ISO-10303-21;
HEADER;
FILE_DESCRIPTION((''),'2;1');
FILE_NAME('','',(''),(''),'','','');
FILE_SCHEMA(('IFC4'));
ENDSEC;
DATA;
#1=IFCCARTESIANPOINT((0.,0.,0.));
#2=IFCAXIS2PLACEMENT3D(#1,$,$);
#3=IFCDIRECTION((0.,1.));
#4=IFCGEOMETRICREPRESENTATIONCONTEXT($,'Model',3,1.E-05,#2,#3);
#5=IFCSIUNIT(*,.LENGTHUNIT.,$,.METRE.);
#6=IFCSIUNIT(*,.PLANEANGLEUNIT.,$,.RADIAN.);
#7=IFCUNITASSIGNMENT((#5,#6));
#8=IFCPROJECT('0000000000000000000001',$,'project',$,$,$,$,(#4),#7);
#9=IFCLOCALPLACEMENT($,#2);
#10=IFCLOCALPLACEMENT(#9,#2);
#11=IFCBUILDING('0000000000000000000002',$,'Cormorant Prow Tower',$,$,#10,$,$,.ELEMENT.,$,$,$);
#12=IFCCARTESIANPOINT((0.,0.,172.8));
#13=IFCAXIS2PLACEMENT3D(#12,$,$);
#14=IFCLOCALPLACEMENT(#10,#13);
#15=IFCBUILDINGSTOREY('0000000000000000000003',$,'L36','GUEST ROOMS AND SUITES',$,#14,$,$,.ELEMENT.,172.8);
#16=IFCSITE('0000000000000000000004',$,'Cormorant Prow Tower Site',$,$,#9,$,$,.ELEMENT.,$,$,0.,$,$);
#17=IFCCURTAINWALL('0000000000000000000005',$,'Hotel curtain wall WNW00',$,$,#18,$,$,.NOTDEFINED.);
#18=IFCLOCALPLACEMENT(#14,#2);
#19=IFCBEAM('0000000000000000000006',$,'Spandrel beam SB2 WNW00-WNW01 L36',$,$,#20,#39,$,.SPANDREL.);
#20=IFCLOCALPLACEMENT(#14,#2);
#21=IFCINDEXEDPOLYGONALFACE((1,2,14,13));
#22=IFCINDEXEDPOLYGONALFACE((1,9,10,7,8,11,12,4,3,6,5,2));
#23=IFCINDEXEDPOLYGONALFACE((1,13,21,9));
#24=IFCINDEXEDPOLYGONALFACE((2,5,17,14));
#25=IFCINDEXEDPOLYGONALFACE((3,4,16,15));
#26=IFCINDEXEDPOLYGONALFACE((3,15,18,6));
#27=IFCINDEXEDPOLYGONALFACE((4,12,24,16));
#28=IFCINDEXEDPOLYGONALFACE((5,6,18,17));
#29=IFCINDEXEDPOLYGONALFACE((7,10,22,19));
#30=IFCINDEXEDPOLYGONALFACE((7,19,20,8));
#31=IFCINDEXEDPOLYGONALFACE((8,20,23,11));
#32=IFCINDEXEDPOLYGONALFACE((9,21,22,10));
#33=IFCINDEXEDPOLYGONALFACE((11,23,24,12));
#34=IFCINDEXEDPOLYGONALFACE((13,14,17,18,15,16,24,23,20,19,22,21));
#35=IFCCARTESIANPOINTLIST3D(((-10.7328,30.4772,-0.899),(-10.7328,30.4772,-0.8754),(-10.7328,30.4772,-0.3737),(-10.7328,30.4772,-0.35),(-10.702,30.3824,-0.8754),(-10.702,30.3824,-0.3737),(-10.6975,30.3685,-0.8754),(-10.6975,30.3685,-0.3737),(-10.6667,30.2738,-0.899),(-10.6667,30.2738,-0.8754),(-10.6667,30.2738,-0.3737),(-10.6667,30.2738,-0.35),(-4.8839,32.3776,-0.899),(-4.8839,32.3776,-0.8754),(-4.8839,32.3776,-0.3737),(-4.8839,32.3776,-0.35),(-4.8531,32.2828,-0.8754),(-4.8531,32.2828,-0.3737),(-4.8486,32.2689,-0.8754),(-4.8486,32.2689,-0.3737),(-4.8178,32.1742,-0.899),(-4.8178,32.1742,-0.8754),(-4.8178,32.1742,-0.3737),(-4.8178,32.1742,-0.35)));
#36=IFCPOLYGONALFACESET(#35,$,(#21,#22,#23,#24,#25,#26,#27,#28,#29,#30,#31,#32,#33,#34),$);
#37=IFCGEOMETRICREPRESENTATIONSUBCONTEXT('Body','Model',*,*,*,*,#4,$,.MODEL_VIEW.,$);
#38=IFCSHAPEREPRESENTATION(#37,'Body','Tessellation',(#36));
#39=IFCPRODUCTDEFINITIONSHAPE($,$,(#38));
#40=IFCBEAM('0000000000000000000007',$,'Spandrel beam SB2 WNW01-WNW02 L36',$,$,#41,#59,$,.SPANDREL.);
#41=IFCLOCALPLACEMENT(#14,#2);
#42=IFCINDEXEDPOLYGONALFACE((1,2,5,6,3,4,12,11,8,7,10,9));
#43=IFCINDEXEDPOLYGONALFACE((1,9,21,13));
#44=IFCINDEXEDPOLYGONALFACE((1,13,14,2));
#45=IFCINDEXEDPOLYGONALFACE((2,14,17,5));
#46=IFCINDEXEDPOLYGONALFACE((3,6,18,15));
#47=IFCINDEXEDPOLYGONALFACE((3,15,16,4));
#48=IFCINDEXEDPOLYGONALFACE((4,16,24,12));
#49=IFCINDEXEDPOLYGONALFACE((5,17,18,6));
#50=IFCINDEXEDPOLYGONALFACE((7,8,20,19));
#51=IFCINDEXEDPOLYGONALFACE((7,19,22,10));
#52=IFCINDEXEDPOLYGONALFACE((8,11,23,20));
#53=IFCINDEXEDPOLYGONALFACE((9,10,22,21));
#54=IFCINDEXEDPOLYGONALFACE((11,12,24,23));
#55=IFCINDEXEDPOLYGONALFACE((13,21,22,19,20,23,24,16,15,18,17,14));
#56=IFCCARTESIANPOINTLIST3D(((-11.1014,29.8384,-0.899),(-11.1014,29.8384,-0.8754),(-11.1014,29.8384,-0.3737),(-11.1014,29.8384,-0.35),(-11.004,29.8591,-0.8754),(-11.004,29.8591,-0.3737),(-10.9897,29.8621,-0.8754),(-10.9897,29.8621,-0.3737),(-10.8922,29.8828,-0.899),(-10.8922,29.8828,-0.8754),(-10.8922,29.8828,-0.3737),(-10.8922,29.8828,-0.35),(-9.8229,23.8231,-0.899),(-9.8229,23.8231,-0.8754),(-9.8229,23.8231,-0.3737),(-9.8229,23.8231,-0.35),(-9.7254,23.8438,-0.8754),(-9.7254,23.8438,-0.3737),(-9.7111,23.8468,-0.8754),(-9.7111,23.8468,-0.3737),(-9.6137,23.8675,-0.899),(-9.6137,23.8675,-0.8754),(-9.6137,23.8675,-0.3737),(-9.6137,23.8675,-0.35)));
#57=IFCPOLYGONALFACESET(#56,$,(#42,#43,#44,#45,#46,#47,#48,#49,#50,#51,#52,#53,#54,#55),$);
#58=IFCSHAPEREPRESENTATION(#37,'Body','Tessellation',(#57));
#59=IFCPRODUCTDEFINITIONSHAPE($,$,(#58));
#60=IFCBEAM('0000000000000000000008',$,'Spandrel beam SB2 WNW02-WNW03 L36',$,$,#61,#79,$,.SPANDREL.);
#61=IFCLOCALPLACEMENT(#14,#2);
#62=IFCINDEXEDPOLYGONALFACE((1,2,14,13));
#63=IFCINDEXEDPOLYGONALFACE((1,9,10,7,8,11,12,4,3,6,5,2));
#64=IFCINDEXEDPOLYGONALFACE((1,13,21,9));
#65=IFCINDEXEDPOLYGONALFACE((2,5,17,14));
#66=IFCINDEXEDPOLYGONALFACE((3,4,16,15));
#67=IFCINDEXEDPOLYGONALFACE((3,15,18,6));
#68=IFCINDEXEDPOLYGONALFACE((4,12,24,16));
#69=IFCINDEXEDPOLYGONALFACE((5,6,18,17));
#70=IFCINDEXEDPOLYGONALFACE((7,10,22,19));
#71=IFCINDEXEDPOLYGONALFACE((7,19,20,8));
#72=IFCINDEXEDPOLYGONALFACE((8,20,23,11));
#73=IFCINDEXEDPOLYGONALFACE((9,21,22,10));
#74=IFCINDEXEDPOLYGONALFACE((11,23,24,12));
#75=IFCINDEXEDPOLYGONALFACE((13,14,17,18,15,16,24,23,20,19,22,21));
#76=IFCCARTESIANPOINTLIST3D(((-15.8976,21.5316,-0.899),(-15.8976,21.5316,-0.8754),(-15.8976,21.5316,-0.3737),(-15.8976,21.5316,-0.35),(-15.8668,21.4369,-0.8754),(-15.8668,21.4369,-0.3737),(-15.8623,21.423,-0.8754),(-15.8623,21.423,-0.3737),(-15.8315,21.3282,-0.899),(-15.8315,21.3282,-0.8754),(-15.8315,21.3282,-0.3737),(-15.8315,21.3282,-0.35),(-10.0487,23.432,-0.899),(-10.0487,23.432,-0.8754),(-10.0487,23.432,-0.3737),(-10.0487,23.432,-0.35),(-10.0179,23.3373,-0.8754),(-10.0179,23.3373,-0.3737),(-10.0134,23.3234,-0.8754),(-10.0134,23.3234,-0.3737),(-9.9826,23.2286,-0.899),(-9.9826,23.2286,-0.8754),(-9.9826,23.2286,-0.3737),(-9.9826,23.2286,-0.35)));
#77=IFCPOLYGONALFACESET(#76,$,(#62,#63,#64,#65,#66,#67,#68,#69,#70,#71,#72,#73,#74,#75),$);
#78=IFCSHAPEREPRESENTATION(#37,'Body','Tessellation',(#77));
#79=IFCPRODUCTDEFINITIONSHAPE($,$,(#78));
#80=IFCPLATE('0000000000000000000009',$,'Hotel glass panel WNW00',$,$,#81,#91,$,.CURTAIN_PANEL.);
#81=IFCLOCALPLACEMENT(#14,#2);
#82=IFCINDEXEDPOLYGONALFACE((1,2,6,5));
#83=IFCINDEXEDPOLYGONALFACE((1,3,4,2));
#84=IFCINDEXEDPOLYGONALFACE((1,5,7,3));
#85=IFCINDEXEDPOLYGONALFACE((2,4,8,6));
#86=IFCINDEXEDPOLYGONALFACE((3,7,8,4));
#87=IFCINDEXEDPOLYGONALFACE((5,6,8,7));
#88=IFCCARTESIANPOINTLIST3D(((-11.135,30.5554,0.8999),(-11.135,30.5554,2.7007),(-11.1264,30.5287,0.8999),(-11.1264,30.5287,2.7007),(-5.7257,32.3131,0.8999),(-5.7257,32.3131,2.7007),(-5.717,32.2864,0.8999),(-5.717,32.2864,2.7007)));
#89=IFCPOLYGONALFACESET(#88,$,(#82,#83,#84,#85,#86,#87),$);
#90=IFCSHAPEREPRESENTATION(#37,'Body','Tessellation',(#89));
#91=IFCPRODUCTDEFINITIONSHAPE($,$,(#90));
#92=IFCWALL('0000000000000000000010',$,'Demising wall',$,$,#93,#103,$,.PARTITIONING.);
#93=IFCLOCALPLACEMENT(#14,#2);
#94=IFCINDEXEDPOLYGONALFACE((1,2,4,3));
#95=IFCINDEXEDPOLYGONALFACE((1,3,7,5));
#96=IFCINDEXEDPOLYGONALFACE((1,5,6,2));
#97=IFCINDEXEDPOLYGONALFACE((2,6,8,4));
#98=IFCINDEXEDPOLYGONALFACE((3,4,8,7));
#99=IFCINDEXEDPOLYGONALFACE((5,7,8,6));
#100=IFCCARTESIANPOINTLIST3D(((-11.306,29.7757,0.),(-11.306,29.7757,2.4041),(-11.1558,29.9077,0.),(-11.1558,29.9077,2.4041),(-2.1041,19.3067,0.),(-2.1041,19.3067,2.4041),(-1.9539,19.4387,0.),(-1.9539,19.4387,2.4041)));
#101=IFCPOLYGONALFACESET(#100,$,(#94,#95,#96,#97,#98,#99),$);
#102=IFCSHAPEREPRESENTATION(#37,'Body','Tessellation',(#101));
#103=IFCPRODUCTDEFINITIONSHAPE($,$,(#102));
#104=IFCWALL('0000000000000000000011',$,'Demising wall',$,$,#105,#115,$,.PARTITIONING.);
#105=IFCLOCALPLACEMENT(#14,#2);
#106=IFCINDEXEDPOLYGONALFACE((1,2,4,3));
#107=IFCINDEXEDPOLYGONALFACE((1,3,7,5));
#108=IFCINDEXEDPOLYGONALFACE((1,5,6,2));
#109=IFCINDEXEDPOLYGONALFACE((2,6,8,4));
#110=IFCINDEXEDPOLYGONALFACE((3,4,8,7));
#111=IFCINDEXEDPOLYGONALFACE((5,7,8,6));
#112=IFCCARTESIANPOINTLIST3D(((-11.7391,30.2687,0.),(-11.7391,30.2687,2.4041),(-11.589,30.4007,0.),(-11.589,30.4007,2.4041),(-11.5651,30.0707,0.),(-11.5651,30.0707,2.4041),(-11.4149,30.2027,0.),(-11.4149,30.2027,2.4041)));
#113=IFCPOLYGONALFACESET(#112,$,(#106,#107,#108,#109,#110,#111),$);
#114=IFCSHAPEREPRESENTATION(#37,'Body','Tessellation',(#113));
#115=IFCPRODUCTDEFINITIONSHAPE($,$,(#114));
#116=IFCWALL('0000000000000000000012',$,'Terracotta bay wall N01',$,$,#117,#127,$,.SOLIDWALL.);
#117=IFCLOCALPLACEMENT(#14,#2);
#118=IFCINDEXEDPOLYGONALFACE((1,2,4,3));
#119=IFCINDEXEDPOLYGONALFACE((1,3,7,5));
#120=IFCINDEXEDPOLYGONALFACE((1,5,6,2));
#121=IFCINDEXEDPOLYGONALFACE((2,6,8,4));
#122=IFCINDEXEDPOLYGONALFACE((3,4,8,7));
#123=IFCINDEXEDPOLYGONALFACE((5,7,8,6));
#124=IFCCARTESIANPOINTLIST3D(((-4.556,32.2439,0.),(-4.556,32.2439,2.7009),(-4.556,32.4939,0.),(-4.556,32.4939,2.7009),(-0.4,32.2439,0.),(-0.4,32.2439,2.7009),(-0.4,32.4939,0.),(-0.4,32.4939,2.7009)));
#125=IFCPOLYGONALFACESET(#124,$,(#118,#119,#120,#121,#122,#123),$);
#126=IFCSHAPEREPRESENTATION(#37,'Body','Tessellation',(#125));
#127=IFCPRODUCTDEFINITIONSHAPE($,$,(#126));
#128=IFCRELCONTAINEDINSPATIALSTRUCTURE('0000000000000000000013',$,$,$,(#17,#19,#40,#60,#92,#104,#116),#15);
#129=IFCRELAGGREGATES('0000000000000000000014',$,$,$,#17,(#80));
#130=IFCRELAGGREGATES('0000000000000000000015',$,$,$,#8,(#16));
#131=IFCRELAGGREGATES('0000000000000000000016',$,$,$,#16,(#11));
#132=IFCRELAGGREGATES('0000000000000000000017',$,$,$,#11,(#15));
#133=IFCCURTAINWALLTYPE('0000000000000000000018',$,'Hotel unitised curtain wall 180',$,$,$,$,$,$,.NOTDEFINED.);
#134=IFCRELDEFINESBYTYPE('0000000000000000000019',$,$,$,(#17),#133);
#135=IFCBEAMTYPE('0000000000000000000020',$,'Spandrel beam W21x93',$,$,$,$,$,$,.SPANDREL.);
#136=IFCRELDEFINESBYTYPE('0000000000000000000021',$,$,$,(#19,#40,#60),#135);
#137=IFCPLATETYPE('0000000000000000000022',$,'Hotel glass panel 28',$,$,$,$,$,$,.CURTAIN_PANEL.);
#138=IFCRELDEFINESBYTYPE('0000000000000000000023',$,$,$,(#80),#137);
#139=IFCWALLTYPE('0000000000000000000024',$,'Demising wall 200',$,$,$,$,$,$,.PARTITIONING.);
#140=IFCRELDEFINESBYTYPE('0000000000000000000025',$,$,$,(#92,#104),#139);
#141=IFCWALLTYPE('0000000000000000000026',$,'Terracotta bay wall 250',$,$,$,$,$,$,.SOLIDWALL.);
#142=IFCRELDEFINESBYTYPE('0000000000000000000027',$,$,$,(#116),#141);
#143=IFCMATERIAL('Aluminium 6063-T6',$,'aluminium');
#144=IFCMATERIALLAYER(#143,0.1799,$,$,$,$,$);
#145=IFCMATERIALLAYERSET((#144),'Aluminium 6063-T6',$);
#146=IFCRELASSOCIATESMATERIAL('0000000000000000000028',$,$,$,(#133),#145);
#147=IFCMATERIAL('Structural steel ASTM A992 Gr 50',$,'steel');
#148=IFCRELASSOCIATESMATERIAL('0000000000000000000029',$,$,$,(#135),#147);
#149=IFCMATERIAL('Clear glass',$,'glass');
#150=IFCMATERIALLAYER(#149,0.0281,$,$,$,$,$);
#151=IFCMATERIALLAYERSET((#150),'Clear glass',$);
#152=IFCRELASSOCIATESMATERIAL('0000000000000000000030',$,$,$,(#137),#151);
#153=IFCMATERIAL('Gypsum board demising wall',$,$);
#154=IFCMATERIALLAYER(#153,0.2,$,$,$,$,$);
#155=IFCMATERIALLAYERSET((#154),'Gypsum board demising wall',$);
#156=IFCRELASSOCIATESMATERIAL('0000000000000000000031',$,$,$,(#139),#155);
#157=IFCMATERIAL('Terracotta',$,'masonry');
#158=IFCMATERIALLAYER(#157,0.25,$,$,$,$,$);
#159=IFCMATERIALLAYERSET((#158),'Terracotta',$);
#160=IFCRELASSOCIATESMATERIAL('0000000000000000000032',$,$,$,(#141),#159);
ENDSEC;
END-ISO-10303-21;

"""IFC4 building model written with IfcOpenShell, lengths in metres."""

from ifc_helpers import new_model, si_unit, direction, frame, frame_2d, origin, origin_2d, place, context, subcontext, project, spatial, rectangle, i_section, extrude, material, layer, layer_set, material_profile, profile_set, type_object, element, aggregate, save


model = new_model("IFC4")

# Units and contexts
model_context = context("Model", 3, precision=1e-05, world=origin(), true_north=direction((0.0, 1.0)))
body_context = subcontext(model_context, "Body", "Model", "MODEL_VIEW")
ifc_project = project(units=[si_unit("LENGTHUNIT", "METRE"), si_unit("PLANEANGLEUNIT", "RADIAN")], contexts=[model_context])

# Site, building, storey
site_placement = place(None, origin())
site = spatial("IfcSite", under=ifc_project, at=site_placement, Name="Cormorant Prow Tower Site", CompositionType="ELEMENT", RefElevation=0.0)
building_placement = place(site_placement, origin())
building = spatial("IfcBuilding", under=site, at=building_placement, Name="Cormorant Prow Tower", CompositionType="ELEMENT")
storey_placement = place(building_placement, frame((0.0, 0.0, 172.8)))
storey = spatial("IfcBuildingStorey", under=building, at=storey_placement, Name="L36", Description="GUEST ROOMS AND SUITES", CompositionType="ELEMENT", Elevation=172.8)

# Curtain wall
ifc_material_1 = material(Name="Aluminium 6063-T6", Category="aluminium")
ifc_layer_1 = layer(ifc_material_1, 0.1799)
ifc_layer_set_1 = layer_set([ifc_layer_1], Name="Aluminium 6063-T6")
curtain_wall_type = type_object("IfcCurtainWallType", Name="Hotel unitised curtain wall 180", PredefinedType="NOTDEFINED", material=ifc_layer_set_1)
curtain_wall_1_placement = place(storey_placement, origin())
curtain_wall_1 = element("IfcCurtainWall", 1, at=curtain_wall_1_placement, inside=storey, type_object=curtain_wall_type, Name="Hotel curtain wall WNW00", PredefinedType="NOTDEFINED")

# Beams
ifc_material_2 = material(Name="Structural steel ASTM A992 Gr 50", Category="steel")
ifc_material_profile_1 = material_profile(ifc_material_2, i_section(OverallWidth=0.2139, OverallDepth=0.5491, WebThickness=0.0146, FlangeThickness=0.0237, at=origin_2d()), Name="W21x93")
ifc_profile_set_1 = profile_set([ifc_material_profile_1], Name="Structural steel ASTM A992 Gr 50")
beam_type_1 = type_object("IfcBeamType", Name="Spandrel beam W21x93", PredefinedType="SPANDREL", material=ifc_profile_set_1)
beam_1_placement = place(storey_placement, frame((-4.8508, 32.2759, -0.6245), z_axis=(-0.951058, -0.309013, 0.0), x_axis=(0.309013, -0.951058, 0.0)))
element("IfcBeam", 2, at=beam_1_placement, inside=storey, type_object=beam_type_1, Name="Spandrel beam SB2 WNW00-WNW01 L36", PredefinedType="SPANDREL", context=body_context, shape_type="SweptSolid", body=[
    extrude(i_section(OverallWidth=0.2139, OverallDepth=0.5491, WebThickness=0.0146, FlangeThickness=0.0237, at=origin_2d()), origin(), (0.0, 0.0, 1.0), 6.1499),
])
beam_2_placement = place(storey_placement, frame((-10.9968, 29.8606, -0.6245), z_axis=(0.207905, -0.978149, 0.0), x_axis=(0.978149, 0.207905, 0.0)))
element("IfcBeam", 3, at=beam_2_placement, inside=storey, type_object=beam_type_1, Name="Spandrel beam SB2 WNW01-WNW02 L36", PredefinedType="SPANDREL", context=body_context, shape_type="SweptSolid", body=[
    extrude(i_section(OverallWidth=0.2139, OverallDepth=0.5491, WebThickness=0.0146, FlangeThickness=0.0237, at=origin_2d()), origin(), (0.0, 0.0, 1.0), 6.1497),
])
beam_3_placement = place(storey_placement, frame((-10.0156, 23.3303, -0.6245), z_axis=(-0.951058, -0.309013, 0.0), x_axis=(0.309013, -0.951058, 0.0)))
element("IfcBeam", 4, at=beam_3_placement, inside=storey, type_object=beam_type_1, Name="Spandrel beam SB2 WNW02-WNW03 L36", PredefinedType="SPANDREL", context=body_context, shape_type="SweptSolid", body=[
    extrude(i_section(OverallWidth=0.2139, OverallDepth=0.5491, WebThickness=0.0146, FlangeThickness=0.0237, at=origin_2d()), origin(), (0.0, 0.0, 1.0), 6.1499),
])

# Plate
ifc_material_3 = material(Name="Clear glass", Category="glass")
ifc_layer_2 = layer(ifc_material_3, 0.0281)
ifc_layer_set_2 = layer_set([ifc_layer_2], Name="Clear glass")
plate_type = type_object("IfcPlateType", Name="Hotel glass panel 28", PredefinedType="CURTAIN_PANEL", material=ifc_layer_set_2)
plate_placement = place(storey_placement, frame((-8.426, 31.4209, 0.8999), z_axis=(0.0, 0.0, 1.0), x_axis=(-0.951056, -0.309017, 0.0)))
plate = element("IfcPlate", 5, at=plate_placement, type_object=plate_type, Name="Hotel glass panel WNW00", PredefinedType="CURTAIN_PANEL", context=body_context, shape_type="SweptSolid", body=[
    extrude(rectangle(XDim=5.6877, YDim=0.0281, at=origin_2d()), origin(), (0.0, 0.0, 1.0), 1.8008),
])
aggregate(curtain_wall_1, [plate])

# Walls
ifc_material_4 = material(Name="Gypsum board demising wall")
ifc_layer_3 = layer(ifc_material_4, 0.2)
ifc_layer_set_3 = layer_set([ifc_layer_3], Name="Gypsum board demising wall")
wall_type_1 = type_object("IfcWallType", Name="Demising wall 200", PredefinedType="PARTITIONING", material=ifc_layer_set_3)
wall_1_placement = place(storey_placement, frame((-11.231, 29.8418, 0.0), z_axis=(0.0, 0.0, 1.0), x_axis=(0.660191, -0.751098, 0.0)))
element("IfcWall", 6, at=wall_1_placement, inside=storey, type_object=wall_type_1, Name="Demising wall", PredefinedType="PARTITIONING", context=body_context, shape_type="SweptSolid", body=[
    extrude(rectangle(XDim=13.9382, YDim=0.2, at=frame_2d((6.9692, 0.0))), origin(), (0.0, 0.0, 1.0), 2.4041),
])
wall_2_placement = place(storey_placement, frame((-11.6641, 30.3347, 0.0), z_axis=(0.0, 0.0, 1.0), x_axis=(0.660273, -0.751026, 0.0)))
element("IfcWall", 7, at=wall_2_placement, inside=storey, type_object=wall_type_1, Name="Demising wall", PredefinedType="PARTITIONING", context=body_context, shape_type="SweptSolid", body=[
    extrude(rectangle(XDim=0.2637, YDim=0.2, at=frame_2d((0.1318, 0.0))), origin(), (0.0, 0.0, 1.0), 2.4041),
])
ifc_material_5 = material(Name="Terracotta", Category="masonry")
ifc_layer_4 = layer(ifc_material_5, 0.25)
ifc_layer_set_4 = layer_set([ifc_layer_4], Name="Terracotta")
wall_type_2 = type_object("IfcWallType", Name="Terracotta bay wall 250", PredefinedType="SOLIDWALL", material=ifc_layer_set_4)
wall_3_placement = place(storey_placement, frame((-0.3999, 32.3689, 0.0), z_axis=(0.0, 0.0, 1.0), x_axis=(-1.0, 0.0, 0.0)))
element("IfcWall", 8, at=wall_3_placement, inside=storey, type_object=wall_type_2, Name="Terracotta bay wall N01", PredefinedType="SOLIDWALL", context=body_context, shape_type="SweptSolid", body=[
    extrude(rectangle(XDim=4.156, YDim=0.25, at=frame_2d((2.0781, 0.0))), origin(), (0.0, 0.0, 1.0), 2.7009),
])

save(model, "model.ifc")
